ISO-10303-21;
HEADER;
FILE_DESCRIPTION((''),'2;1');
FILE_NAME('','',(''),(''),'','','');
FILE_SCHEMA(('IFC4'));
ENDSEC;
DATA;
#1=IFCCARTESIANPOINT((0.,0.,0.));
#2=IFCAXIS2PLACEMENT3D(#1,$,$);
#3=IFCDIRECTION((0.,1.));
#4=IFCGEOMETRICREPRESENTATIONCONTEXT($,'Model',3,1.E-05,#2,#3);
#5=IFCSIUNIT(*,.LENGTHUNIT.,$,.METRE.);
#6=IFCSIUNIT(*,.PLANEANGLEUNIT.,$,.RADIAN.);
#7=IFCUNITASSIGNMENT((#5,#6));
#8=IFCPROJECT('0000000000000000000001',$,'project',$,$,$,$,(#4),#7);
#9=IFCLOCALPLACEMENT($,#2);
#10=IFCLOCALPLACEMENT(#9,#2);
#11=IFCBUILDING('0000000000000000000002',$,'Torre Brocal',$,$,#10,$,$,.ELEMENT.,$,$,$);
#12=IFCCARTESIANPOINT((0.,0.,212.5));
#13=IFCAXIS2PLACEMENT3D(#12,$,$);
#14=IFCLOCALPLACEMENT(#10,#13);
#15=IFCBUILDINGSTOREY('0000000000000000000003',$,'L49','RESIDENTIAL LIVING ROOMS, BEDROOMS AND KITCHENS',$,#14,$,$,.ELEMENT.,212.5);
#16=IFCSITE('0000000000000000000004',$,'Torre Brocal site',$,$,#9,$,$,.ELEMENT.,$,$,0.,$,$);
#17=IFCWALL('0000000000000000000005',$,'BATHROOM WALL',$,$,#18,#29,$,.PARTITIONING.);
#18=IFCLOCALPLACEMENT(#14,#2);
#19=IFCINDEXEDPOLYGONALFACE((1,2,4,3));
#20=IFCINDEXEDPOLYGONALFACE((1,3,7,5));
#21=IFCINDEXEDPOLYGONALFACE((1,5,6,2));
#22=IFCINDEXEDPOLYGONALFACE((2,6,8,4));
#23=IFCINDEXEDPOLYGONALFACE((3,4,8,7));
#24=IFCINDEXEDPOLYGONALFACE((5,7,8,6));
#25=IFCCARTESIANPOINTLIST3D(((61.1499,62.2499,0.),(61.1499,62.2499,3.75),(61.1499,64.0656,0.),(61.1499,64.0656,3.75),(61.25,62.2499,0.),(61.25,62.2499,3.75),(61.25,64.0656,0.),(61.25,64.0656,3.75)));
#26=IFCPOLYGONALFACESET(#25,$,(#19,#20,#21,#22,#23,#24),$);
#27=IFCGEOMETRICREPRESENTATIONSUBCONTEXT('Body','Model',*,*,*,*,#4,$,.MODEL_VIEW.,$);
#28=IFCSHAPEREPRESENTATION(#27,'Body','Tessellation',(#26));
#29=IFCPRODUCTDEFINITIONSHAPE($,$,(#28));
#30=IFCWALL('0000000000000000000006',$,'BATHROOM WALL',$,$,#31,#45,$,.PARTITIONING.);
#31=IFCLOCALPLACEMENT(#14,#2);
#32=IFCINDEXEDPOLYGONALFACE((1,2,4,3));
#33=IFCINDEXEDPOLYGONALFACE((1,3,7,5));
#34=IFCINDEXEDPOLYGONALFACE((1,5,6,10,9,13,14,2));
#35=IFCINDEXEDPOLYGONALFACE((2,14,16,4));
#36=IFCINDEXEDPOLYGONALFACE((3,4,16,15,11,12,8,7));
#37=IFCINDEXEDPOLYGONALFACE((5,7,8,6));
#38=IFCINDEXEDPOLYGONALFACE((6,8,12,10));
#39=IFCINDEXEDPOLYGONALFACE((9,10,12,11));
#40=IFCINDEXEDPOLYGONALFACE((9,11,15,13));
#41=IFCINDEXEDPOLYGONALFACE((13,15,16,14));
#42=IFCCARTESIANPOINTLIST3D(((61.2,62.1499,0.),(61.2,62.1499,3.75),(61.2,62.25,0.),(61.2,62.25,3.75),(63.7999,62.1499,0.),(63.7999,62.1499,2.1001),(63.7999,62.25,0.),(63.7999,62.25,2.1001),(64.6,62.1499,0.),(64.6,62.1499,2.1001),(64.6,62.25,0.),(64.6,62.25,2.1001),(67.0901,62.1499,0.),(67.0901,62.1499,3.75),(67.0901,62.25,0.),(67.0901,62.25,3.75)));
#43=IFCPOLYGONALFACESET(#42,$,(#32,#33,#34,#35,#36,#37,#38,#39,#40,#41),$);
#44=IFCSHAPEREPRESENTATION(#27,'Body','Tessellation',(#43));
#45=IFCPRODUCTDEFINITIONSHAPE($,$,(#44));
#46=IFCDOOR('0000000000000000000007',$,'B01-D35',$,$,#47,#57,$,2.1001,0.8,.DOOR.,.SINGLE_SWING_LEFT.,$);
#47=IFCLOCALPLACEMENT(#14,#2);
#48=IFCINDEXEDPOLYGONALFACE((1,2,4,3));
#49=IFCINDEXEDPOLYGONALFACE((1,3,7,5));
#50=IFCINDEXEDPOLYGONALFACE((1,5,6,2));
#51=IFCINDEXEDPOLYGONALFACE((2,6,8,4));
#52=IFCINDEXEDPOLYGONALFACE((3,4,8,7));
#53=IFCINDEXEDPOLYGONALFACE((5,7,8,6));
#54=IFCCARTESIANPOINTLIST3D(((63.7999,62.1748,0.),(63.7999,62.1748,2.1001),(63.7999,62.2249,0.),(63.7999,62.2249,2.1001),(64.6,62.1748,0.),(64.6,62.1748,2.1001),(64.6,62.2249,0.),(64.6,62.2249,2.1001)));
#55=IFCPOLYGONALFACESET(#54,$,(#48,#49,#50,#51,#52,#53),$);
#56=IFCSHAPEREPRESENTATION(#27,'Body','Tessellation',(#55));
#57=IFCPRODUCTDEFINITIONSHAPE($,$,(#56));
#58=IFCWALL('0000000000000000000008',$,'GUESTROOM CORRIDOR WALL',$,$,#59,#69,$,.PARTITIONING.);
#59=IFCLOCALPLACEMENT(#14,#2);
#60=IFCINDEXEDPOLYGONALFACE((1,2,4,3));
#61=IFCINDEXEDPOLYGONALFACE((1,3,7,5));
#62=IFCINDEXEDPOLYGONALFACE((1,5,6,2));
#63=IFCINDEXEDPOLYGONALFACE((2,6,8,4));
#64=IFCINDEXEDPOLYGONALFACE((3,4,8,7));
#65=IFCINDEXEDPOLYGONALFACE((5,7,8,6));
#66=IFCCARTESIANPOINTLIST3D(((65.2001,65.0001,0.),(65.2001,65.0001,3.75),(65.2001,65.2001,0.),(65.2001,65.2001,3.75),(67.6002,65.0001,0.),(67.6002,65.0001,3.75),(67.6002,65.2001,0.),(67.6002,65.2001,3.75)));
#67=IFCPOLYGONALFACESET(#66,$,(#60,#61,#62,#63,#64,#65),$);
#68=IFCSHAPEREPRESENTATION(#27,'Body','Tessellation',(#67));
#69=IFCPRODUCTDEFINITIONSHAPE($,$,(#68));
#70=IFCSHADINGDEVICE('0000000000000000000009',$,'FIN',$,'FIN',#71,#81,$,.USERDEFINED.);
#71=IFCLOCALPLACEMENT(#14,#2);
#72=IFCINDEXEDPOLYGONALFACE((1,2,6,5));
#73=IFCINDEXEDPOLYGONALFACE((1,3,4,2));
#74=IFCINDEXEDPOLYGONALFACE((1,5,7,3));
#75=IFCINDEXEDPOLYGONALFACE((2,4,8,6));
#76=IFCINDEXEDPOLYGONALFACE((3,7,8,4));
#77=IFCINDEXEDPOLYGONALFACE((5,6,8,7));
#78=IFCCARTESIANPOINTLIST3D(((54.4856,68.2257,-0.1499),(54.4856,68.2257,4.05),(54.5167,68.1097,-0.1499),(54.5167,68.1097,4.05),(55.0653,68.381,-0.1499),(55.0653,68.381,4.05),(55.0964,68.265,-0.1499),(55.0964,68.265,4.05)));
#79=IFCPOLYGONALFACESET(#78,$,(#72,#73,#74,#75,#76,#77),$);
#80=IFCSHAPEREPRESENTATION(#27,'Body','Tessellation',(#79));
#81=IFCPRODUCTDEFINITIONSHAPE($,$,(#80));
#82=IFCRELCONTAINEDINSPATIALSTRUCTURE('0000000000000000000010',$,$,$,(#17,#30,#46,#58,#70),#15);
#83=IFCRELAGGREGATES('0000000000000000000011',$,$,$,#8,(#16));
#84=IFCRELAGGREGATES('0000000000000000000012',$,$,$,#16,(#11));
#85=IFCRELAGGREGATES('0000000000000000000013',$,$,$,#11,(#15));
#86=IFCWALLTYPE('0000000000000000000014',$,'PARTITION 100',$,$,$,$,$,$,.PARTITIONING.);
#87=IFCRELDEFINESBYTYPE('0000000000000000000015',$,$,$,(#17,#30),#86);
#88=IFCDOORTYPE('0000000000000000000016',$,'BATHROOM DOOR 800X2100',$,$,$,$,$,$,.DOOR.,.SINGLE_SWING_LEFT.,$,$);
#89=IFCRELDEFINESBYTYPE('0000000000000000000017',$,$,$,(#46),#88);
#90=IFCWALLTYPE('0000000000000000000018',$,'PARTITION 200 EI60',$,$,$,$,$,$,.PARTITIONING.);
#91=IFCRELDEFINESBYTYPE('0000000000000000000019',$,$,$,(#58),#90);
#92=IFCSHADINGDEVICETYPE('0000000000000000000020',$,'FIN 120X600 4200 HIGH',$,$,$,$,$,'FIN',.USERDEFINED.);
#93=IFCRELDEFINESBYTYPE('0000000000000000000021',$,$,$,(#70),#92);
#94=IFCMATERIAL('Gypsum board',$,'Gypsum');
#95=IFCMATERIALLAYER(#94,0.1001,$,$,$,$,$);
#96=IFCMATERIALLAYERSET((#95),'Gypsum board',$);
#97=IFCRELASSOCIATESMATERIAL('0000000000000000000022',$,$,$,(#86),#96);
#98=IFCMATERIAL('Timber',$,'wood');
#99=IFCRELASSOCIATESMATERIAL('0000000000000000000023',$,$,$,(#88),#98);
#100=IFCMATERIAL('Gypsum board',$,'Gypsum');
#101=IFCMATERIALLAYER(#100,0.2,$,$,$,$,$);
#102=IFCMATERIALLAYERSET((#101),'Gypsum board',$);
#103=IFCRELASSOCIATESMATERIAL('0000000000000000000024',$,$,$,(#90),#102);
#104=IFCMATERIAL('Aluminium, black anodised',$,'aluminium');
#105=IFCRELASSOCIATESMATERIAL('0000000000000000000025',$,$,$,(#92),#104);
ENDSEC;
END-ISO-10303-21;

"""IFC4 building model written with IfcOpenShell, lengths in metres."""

from ifc_helpers import new_model, si_unit, direction, frame, frame_2d, origin, origin_2d, place, context, subcontext, project, spatial, rectangle, extrude, material, layer, layer_set, material_profile, profile_set, type_object, element, fill, save


model = new_model("IFC4")

# Units and contexts
model_context = context("Model", 3, precision=1e-05, world=origin(), true_north=direction((0.0, 1.0)))
body_context = subcontext(model_context, "Body", "Model", "MODEL_VIEW")
ifc_project = project(units=[si_unit("LENGTHUNIT", "METRE"), si_unit("PLANEANGLEUNIT", "RADIAN")], contexts=[model_context])

# Site, building, storey
site_placement = place(None, origin())
site = spatial("IfcSite", under=ifc_project, at=site_placement, Name="Torre Brocal site", CompositionType="ELEMENT", RefElevation=0.0)
building_placement = place(site_placement, origin())
building = spatial("IfcBuilding", under=site, at=building_placement, Name="Torre Brocal", CompositionType="ELEMENT")
storey_placement = place(building_placement, frame((0.0, 0.0, 212.5)))
storey = spatial("IfcBuildingStorey", under=building, at=storey_placement, Name="L49", Description="RESIDENTIAL LIVING ROOMS, BEDROOMS AND KITCHENS", CompositionType="ELEMENT", Elevation=212.5)

# Shared definitions
ifc_material_1 = material(Name="Gypsum board", Category="Gypsum")
ifc_layer_1 = layer(ifc_material_1, 0.1001)
ifc_layer_set_1 = layer_set([ifc_layer_1], Name="Gypsum board")
wall_type_1 = type_object("IfcWallType", Name="PARTITION 100", PredefinedType="PARTITIONING", material=ifc_layer_set_1)

# Wall
wall_1_placement = place(storey_placement, frame((61.2, 62.25, 0.0), z_axis=(0.0, 0.0, 1.0), x_axis=(0.0, 1.0, 0.0)))
element("IfcWall", 1, at=wall_1_placement, inside=storey, type_object=wall_type_1, Name="BATHROOM WALL", PredefinedType="PARTITIONING", context=body_context, shape_type="SweptSolid", body=[
    extrude(rectangle(XDim=1.8157, YDim=0.1001, at=frame_2d((0.9077, 0.0))), origin(), (0.0, 0.0, 1.0), 3.75),
])

# Wall, opening, door
wall_2_placement = place(storey_placement, frame((61.2, 62.2, 0.0), z_axis=(0.0, 0.0, 1.0), x_axis=(1.0, 0.0, 0.0)))
wall_2 = element("IfcWall", 2, at=wall_2_placement, inside=storey, type_object=wall_type_1, Name="BATHROOM WALL", PredefinedType="PARTITIONING", context=body_context, shape_type="SweptSolid", body=[
    extrude(rectangle(XDim=5.8901, YDim=0.1001, at=frame_2d((2.9451, 0.0))), origin(), (0.0, 0.0, 1.0), 3.75),
])
opening_1_placement = place(wall_2_placement, frame((2.6001, 0.0, 0.0)))
opening_1 = element("IfcOpeningElement", 3, at=opening_1_placement, cuts=wall_2, PredefinedType="OPENING", context=body_context, shape_type="SweptSolid", body=[
    extrude(rectangle(XDim=0.8, YDim=2.1001, at=frame_2d((0.3999, 1.05))), frame((0.0, 0.0601, 0.0), z_axis=(0.0, -1.0, 0.0), x_axis=(1.0, 0.0, 0.0)), (0.0, 0.0, 1.0), 0.1201),
])
ifc_material_2 = material(Name="Timber", Category="wood")
door_type_1 = type_object("IfcDoorType", Name="BATHROOM DOOR 800X2100", OperationType="SINGLE_SWING_LEFT", PredefinedType="DOOR", material=ifc_material_2)
door_1_placement = place(opening_1_placement, origin())
door_1 = element("IfcDoor", 4, at=door_1_placement, inside=storey, type_object=door_type_1, Name="B01-D35", OperationType="SINGLE_SWING_LEFT", OverallHeight=2.1001, OverallWidth=0.8, PredefinedType="DOOR", context=body_context, shape_type="SweptSolid", body=[
    extrude(rectangle(XDim=0.8, YDim=2.1001, at=frame_2d((0.3999, 1.05))), frame((0.0, 0.0249, 0.0), z_axis=(0.0, -1.0, 0.0), x_axis=(1.0, 0.0, 0.0)), (0.0, 0.0, 1.0), 0.05),
])
fill(opening_1, door_1)

# Wall
ifc_material_3 = material(Name="Gypsum board", Category="Gypsum")
ifc_layer_2 = layer(ifc_material_3, 0.2)
ifc_layer_set_2 = layer_set([ifc_layer_2], Name="Gypsum board")
wall_type_2 = type_object("IfcWallType", Name="PARTITION 200 EI60", PredefinedType="PARTITIONING", material=ifc_layer_set_2)
wall_3_placement = place(storey_placement, frame((65.2, 65.1001, 0.0), z_axis=(0.0, 0.0, 1.0), x_axis=(1.0, 0.0, 0.0)))
element("IfcWall", 5, at=wall_3_placement, inside=storey, type_object=wall_type_2, Name="GUESTROOM CORRIDOR WALL", PredefinedType="PARTITIONING", context=body_context, shape_type="SweptSolid", body=[
    extrude(rectangle(XDim=2.4001, YDim=0.2, at=frame_2d((1.2002, 0.0))), origin(), (0.0, 0.0, 1.0), 3.75),
])

# Shading device
ifc_material_4 = material(Name="Aluminium, black anodised", Category="aluminium")
ifc_material_profile_1 = material_profile(ifc_material_4, rectangle(XDim=0.1201, YDim=0.6001, at=origin_2d()), Name="FIN 120X600 4200 HIGH")
ifc_profile_set_1 = profile_set([ifc_material_profile_1], Name="Aluminium, black anodised")
shading_device_type = type_object("IfcShadingDeviceType", Name="FIN 120X600 4200 HIGH", ElementType="FIN", PredefinedType="USERDEFINED", material=ifc_profile_set_1)
shading_device_placement = place(storey_placement, frame((54.791, 68.2454, -0.1499), z_axis=(0.0, 0.0, 1.0), x_axis=(0.258819, -0.965926, 0.0)))
element("IfcShadingDevice", 6, at=shading_device_placement, inside=storey, type_object=shading_device_type, Name="FIN", ObjectType="FIN", PredefinedType="USERDEFINED", context=body_context, shape_type="SweptSolid", body=[
    extrude(rectangle(XDim=0.1201, YDim=0.6001, at=origin_2d()), origin(), (0.0, 0.0, 1.0), 4.2),
])

save(model, "model.ifc")
